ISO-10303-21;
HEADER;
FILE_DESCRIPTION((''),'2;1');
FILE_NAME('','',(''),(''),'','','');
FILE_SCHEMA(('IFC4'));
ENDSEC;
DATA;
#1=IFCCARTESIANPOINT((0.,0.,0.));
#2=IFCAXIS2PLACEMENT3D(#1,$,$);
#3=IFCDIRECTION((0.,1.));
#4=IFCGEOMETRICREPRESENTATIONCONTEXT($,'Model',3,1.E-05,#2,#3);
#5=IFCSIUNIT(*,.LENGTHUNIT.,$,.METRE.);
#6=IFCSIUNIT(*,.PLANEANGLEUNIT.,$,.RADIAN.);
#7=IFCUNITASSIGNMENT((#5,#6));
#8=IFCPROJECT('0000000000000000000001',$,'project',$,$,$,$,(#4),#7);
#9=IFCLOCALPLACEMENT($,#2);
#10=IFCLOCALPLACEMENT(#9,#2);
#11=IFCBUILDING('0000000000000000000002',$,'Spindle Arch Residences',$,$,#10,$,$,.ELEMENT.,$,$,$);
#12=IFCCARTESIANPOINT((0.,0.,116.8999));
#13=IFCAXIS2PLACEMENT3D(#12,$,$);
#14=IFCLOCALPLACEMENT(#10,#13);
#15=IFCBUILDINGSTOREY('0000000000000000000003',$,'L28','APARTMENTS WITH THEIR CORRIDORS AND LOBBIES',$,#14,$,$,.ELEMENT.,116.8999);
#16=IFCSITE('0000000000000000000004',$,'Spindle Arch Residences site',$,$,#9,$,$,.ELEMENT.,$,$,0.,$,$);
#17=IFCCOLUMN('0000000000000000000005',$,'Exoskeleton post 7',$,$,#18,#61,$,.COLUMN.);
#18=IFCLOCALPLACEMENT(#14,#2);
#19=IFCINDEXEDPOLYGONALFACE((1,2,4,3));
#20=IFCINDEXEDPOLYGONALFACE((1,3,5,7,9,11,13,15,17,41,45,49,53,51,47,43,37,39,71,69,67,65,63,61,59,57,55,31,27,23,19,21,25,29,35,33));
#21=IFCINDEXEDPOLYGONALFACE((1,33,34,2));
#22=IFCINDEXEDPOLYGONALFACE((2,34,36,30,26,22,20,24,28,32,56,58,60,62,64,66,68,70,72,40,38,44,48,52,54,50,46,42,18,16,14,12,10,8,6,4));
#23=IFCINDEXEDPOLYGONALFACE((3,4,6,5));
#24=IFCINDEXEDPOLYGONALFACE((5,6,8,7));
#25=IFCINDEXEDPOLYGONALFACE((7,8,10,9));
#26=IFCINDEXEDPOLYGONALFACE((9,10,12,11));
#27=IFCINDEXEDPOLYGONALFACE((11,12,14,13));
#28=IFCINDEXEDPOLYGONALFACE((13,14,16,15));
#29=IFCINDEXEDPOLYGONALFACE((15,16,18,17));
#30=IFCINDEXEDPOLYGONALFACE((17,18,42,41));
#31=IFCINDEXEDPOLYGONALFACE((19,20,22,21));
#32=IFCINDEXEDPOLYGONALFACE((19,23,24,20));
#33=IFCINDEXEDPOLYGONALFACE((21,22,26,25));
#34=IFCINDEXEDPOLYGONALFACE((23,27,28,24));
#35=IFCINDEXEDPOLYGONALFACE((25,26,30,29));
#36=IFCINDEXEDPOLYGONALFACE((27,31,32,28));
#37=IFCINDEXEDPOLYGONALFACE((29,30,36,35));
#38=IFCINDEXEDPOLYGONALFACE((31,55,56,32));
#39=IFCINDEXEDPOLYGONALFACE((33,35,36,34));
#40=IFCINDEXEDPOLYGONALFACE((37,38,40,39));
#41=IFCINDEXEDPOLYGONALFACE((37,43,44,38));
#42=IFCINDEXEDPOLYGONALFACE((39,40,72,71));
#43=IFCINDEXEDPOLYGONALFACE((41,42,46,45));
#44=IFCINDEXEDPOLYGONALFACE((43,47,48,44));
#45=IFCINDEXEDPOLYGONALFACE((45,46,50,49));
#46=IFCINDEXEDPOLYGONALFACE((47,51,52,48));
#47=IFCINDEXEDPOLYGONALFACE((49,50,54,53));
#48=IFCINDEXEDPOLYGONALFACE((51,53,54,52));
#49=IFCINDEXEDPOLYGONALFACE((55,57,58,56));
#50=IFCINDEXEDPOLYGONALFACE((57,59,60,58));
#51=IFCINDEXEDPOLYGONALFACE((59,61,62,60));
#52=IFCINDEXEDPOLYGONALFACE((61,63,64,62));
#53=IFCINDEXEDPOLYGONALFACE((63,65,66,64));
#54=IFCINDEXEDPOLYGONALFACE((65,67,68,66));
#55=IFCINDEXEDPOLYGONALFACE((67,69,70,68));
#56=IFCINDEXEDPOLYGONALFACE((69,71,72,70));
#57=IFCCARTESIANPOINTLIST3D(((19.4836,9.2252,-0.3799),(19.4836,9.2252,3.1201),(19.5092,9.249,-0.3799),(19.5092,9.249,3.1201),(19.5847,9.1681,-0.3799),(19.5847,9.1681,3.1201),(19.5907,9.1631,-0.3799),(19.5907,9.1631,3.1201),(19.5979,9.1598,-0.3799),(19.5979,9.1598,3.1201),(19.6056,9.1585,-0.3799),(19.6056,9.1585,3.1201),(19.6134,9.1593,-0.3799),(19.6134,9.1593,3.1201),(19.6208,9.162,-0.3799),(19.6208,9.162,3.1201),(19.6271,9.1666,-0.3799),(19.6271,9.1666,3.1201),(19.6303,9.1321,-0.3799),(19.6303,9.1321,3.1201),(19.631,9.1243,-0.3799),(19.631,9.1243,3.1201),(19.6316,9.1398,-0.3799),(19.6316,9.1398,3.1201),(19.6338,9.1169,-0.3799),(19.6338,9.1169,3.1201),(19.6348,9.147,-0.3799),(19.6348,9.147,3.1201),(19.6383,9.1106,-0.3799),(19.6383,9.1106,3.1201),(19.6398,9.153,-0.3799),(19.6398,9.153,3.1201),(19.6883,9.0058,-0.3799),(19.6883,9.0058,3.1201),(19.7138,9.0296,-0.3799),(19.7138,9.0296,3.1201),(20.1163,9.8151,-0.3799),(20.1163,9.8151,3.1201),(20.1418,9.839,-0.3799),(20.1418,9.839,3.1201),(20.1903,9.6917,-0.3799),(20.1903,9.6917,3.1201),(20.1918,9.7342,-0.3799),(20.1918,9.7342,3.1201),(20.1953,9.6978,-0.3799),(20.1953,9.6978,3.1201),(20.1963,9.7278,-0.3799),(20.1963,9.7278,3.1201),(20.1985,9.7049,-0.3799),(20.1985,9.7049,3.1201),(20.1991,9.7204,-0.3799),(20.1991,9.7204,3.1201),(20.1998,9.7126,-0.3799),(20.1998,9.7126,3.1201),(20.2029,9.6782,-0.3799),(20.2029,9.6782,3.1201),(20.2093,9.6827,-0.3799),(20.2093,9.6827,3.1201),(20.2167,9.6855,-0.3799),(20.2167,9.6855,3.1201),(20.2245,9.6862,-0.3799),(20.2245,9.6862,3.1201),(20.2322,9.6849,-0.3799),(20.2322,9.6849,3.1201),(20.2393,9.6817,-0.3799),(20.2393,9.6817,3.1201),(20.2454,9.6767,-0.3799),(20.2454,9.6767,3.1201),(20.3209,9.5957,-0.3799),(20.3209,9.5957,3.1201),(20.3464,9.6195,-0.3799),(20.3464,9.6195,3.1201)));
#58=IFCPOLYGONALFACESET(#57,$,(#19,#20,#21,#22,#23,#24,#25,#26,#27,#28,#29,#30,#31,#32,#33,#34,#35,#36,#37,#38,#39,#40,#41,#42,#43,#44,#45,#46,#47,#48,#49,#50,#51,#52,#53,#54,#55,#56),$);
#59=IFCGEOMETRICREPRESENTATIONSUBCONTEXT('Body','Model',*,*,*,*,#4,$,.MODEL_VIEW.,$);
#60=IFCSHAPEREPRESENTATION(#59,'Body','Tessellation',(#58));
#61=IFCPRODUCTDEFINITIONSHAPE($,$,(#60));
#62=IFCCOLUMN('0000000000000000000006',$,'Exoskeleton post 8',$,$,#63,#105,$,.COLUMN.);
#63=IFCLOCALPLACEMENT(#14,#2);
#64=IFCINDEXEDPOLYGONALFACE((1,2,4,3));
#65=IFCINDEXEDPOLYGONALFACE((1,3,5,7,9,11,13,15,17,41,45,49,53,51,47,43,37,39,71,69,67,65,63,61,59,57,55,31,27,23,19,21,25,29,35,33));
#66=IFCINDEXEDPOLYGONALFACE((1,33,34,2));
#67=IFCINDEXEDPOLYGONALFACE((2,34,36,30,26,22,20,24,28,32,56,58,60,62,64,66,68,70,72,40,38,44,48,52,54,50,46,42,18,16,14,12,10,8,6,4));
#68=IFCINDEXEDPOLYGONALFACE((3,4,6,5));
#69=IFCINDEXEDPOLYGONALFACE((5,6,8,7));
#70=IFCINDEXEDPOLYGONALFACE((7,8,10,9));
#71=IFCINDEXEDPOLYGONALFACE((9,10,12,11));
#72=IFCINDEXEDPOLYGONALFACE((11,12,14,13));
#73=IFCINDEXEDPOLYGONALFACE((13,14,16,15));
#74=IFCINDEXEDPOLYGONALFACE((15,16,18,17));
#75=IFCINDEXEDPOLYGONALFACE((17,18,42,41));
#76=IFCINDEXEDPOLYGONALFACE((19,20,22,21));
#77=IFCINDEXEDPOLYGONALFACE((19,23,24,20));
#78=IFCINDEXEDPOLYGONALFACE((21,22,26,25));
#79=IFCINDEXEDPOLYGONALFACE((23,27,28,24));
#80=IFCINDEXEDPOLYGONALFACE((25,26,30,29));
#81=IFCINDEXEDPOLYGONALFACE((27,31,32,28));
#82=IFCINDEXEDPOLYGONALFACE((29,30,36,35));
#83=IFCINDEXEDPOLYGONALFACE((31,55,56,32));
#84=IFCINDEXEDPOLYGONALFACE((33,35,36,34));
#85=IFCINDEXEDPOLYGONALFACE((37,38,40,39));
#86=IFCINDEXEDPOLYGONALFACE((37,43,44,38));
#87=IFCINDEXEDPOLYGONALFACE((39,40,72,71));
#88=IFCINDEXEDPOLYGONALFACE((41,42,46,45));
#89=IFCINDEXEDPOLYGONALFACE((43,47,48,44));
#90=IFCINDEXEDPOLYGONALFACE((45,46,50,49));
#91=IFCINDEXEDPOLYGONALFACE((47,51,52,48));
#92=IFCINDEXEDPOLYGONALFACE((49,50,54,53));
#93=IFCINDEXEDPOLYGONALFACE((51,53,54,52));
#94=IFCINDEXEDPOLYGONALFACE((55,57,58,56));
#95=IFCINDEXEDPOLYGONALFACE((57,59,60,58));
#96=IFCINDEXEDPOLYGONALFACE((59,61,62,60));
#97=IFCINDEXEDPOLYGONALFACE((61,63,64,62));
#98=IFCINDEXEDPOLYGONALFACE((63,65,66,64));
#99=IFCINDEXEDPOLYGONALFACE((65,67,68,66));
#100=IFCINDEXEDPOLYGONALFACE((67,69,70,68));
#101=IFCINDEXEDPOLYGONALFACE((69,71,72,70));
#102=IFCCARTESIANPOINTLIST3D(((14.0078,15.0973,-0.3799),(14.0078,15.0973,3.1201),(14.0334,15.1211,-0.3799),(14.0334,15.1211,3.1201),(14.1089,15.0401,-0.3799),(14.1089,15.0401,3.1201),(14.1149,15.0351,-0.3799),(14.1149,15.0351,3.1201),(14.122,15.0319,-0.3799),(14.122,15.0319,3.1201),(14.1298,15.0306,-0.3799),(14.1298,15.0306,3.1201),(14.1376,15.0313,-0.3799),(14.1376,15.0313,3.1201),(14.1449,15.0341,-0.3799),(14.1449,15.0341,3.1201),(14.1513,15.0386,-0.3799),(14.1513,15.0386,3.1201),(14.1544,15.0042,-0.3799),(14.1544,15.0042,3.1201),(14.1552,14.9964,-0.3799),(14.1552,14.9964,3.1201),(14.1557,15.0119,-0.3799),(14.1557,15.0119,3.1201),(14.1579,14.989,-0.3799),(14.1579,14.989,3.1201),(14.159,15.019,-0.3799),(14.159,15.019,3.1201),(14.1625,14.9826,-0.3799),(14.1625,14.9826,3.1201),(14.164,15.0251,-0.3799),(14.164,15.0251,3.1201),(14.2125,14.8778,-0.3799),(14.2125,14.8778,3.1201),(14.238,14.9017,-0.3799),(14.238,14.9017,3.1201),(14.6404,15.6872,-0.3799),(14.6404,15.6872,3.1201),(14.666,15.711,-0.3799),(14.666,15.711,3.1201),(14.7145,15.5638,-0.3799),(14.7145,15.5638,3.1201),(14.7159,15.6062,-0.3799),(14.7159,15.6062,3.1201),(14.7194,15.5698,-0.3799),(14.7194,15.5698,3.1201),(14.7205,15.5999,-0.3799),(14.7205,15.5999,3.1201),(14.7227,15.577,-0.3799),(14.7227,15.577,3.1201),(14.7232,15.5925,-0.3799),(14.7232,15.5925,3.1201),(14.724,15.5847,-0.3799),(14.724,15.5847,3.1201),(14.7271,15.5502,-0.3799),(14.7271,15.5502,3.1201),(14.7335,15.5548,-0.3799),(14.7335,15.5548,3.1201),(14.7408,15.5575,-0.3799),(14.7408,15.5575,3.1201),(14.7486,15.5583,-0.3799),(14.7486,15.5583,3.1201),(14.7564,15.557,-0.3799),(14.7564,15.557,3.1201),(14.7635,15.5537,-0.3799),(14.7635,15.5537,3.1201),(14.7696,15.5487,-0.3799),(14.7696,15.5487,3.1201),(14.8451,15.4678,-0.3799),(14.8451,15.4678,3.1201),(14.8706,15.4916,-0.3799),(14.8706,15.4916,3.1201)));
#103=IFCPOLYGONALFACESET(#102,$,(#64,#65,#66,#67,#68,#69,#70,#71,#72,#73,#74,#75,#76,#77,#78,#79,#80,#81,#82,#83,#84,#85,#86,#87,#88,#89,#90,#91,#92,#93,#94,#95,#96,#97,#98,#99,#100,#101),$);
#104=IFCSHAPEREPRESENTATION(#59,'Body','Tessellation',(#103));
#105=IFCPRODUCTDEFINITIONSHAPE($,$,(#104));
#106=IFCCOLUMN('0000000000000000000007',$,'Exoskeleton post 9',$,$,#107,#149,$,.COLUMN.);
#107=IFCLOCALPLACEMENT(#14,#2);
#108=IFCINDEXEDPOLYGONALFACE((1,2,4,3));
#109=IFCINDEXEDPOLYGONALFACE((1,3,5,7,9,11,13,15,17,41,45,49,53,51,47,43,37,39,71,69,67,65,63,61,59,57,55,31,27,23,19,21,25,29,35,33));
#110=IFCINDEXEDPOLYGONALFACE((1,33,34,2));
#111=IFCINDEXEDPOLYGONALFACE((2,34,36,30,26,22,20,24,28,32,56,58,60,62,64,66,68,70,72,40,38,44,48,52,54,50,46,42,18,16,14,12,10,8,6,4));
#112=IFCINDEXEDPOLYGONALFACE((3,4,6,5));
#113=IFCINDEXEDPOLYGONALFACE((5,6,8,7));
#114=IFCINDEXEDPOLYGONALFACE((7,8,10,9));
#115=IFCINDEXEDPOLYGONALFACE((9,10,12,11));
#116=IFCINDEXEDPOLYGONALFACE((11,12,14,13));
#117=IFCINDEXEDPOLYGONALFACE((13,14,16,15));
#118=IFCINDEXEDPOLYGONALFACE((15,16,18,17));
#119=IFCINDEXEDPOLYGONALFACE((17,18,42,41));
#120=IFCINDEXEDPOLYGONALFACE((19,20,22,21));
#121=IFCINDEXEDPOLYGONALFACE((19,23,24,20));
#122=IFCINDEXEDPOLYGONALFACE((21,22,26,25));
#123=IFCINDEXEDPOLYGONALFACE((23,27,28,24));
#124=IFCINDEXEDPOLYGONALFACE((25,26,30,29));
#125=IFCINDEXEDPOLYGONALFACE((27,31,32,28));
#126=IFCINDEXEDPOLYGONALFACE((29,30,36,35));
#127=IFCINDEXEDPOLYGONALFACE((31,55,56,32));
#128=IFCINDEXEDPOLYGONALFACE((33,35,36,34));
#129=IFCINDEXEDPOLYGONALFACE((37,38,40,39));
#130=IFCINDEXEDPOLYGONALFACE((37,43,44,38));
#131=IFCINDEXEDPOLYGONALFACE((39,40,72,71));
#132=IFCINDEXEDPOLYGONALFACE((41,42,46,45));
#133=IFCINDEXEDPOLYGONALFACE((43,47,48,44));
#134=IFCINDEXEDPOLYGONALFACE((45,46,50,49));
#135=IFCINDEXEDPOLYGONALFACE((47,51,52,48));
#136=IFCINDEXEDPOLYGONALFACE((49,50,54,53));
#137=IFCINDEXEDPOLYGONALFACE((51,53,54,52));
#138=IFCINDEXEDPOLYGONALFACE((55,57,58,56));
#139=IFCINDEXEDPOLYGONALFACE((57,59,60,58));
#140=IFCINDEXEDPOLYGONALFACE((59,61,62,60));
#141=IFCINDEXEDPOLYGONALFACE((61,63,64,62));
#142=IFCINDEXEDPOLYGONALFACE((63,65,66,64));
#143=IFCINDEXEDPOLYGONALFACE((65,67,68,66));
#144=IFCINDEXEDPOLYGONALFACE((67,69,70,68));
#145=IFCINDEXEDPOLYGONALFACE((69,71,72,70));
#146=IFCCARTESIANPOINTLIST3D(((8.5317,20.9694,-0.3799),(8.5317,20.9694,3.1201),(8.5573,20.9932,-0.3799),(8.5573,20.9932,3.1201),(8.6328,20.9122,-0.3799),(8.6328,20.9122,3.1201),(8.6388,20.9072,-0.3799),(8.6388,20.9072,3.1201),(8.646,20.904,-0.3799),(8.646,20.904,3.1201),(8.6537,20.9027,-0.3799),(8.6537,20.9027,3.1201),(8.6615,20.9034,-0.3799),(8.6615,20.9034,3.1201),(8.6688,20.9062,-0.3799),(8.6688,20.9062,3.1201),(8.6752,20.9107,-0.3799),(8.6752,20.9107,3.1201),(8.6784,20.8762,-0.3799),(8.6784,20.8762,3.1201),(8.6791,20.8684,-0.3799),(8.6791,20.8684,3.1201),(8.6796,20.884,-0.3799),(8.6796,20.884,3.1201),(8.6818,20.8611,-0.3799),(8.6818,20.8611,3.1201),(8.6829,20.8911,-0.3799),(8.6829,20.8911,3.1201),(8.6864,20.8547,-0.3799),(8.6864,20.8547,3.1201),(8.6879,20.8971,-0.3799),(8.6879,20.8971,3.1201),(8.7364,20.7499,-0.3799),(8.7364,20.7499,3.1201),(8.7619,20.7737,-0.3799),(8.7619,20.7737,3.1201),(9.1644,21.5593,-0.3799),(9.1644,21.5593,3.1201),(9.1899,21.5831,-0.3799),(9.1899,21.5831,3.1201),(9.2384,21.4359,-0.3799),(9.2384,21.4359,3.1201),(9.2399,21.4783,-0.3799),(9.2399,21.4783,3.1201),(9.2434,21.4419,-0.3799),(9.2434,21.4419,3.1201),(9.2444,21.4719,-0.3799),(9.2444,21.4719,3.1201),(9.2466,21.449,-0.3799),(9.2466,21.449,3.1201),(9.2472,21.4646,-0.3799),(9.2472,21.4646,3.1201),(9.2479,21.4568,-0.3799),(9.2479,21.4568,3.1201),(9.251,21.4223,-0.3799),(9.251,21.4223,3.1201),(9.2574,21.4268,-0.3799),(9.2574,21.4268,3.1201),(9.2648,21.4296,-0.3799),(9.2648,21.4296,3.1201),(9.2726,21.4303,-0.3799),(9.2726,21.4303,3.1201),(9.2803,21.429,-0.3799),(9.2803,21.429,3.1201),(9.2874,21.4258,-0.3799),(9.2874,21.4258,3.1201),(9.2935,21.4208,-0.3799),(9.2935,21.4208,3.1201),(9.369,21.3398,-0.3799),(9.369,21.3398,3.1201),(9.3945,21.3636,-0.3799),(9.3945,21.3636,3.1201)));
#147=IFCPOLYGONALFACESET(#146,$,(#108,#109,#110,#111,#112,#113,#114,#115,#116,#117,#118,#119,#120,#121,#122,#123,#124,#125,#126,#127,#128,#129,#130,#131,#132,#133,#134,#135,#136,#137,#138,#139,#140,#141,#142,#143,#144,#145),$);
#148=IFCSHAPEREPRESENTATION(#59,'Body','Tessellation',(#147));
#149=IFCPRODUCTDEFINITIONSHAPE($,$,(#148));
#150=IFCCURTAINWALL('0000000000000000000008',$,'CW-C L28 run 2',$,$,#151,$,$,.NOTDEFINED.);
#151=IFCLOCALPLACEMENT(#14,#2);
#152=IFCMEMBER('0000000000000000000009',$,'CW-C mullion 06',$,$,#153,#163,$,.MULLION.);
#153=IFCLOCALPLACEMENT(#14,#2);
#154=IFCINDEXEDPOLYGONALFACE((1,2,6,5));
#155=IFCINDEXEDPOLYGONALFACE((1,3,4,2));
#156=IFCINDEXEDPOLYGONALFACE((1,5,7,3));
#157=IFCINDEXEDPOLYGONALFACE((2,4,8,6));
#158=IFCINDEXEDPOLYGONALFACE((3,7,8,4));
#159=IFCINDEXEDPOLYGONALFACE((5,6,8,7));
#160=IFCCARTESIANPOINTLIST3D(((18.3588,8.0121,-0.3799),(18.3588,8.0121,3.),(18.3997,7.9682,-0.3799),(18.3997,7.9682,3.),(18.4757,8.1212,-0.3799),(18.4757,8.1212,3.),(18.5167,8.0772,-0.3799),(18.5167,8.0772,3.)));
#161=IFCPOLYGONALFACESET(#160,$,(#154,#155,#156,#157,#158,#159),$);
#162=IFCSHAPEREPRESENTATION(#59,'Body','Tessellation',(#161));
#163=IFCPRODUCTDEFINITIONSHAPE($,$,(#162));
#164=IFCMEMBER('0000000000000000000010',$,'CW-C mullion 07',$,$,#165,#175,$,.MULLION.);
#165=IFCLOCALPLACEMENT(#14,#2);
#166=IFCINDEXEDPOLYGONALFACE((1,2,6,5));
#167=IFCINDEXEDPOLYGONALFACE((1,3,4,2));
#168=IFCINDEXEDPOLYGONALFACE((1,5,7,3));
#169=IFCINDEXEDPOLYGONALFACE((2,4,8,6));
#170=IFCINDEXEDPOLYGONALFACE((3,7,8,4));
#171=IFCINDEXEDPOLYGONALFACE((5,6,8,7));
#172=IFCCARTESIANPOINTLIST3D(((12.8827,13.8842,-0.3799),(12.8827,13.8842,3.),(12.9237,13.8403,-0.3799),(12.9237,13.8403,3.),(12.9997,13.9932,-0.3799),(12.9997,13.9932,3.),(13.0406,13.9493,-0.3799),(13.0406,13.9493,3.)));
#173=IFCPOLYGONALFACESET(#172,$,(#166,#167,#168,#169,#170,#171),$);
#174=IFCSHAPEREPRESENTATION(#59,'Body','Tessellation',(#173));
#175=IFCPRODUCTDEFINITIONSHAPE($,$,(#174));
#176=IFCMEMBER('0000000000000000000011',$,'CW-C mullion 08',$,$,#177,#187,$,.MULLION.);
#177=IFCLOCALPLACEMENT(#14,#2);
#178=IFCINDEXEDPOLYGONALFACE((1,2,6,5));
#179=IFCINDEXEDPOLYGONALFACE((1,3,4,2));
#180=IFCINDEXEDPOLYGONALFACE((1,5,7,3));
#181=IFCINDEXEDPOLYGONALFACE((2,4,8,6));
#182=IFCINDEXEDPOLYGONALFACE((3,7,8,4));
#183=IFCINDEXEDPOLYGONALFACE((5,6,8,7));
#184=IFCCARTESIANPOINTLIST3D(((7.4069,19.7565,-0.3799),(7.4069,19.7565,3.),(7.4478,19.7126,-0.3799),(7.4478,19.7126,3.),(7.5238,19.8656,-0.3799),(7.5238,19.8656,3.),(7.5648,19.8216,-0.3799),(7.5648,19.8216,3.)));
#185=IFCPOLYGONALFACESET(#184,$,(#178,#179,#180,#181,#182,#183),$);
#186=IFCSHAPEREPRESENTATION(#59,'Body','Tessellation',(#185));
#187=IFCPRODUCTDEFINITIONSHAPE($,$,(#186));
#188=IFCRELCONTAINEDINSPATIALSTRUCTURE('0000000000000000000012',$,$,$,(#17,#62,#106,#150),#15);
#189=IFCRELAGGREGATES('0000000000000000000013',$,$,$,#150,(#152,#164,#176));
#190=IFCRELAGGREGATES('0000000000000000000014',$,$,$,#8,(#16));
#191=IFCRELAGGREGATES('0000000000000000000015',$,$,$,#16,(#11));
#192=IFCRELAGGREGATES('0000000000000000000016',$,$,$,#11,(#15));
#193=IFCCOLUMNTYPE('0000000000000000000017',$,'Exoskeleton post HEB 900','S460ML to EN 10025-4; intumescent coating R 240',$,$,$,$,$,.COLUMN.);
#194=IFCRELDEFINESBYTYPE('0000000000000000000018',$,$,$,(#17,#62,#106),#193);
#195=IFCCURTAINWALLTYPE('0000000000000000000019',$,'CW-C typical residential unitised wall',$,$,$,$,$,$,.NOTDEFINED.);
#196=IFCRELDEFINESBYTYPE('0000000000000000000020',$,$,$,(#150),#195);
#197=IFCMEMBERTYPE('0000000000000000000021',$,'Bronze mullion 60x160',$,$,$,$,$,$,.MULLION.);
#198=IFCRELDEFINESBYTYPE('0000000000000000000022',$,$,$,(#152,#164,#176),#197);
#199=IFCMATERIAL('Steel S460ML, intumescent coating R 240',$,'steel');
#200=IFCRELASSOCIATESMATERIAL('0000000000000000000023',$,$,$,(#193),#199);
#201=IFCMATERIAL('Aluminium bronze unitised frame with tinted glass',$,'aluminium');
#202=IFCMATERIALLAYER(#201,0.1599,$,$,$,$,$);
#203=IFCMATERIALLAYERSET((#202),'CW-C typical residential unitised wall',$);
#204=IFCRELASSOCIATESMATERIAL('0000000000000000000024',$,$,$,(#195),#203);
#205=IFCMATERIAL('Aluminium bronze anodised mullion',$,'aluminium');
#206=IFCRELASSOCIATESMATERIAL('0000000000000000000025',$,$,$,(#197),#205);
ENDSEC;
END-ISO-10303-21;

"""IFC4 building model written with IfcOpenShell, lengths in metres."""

from ifc_helpers import new_model, si_unit, direction, frame, origin, origin_2d, place, context, subcontext, project, spatial, rectangle, i_section, extrude, material, layer, layer_set, material_profile, profile_set, type_object, element, aggregate, save


model = new_model("IFC4")

# Units and contexts
model_context = context("Model", 3, precision=1e-05, world=origin(), true_north=direction((0.0, 1.0)))
body_context = subcontext(model_context, "Body", "Model", "MODEL_VIEW")
ifc_project = project(units=[si_unit("LENGTHUNIT", "METRE"), si_unit("PLANEANGLEUNIT", "RADIAN")], contexts=[model_context])

# Site, building, storey
site_placement = place(None, origin())
site = spatial("IfcSite", under=ifc_project, at=site_placement, Name="Spindle Arch Residences site", CompositionType="ELEMENT", RefElevation=0.0)
building_placement = place(site_placement, origin())
building = spatial("IfcBuilding", under=site, at=building_placement, Name="Spindle Arch Residences", CompositionType="ELEMENT")
storey_placement = place(building_placement, frame((0.0, 0.0, 116.8999)))
storey = spatial("IfcBuildingStorey", under=building, at=storey_placement, Name="L28", Description="APARTMENTS WITH THEIR CORRIDORS AND LOBBIES", CompositionType="ELEMENT", Elevation=116.8999)

# Columns
ifc_material_1 = material(Name="Steel S460ML, intumescent coating R 240", Category="steel")
ifc_material_profile_1 = material_profile(ifc_material_1, i_section(OverallWidth=0.3, OverallDepth=0.8999, WebThickness=0.0186, FlangeThickness=0.0349, FilletRadius=0.03, at=origin_2d()), Name="HEB 900")
ifc_profile_set_1 = profile_set([ifc_material_profile_1], Name="Steel S460ML, intumescent coating R 240")
column_type = type_object("IfcColumnType", Name="Exoskeleton post HEB 900", Description="S460ML to EN 10025-4; intumescent coating R 240", PredefinedType="COLUMN", material=ifc_profile_set_1)
for number, where, z_axis, x_axis, name in (
    (1, (19.915, 9.4224, -0.3799), (0.0, 0.0, 1.0), (0.681998, -0.731354, 0.0), "Exoskeleton post 7"),
    (2, (14.4392, 15.2944, -0.3799), (0.0, 0.0, 1.0), (0.681998, -0.731354, 0.0), "Exoskeleton post 8"),
    (3, (8.9631, 21.1665, -0.3799), (0.0, 0.0, 1.0), (0.681998, -0.731354, 0.0), "Exoskeleton post 9"),
):
    element("IfcColumn", number, at=place(storey_placement, frame(where, z_axis=z_axis, x_axis=x_axis)), inside=storey, type_object=column_type, Name=name, PredefinedType="COLUMN", context=body_context, shape_type="SweptSolid", body=[
        extrude(i_section(OverallWidth=0.3, OverallDepth=0.8999, WebThickness=0.0186, FlangeThickness=0.0349, FilletRadius=0.03, at=origin_2d()), origin(), (0.0, 0.0, 1.0), 3.5),
    ])

# Curtain wall, members
ifc_material_2 = material(Name="Aluminium bronze unitised frame with tinted glass", Category="aluminium")
ifc_layer_1 = layer(ifc_material_2, 0.1599)
ifc_layer_set_1 = layer_set([ifc_layer_1], Name="CW-C typical residential unitised wall")
curtain_wall_type = type_object("IfcCurtainWallType", Name="CW-C typical residential unitised wall", PredefinedType="NOTDEFINED", material=ifc_layer_set_1)
curtain_wall_placement = place(storey_placement, origin())
curtain_wall = element("IfcCurtainWall", 4, at=curtain_wall_placement, inside=storey, type_object=curtain_wall_type, Name="CW-C L28 run 2", PredefinedType="NOTDEFINED")
ifc_material_3 = material(Name="Aluminium bronze anodised mullion", Category="aluminium")
ifc_material_profile_2 = material_profile(ifc_material_3, rectangle(XDim=0.1599, YDim=0.0601, at=origin_2d()), Name="MU 60x160")
ifc_profile_set_2 = profile_set([ifc_material_profile_2], Name="Aluminium bronze anodised mullion")
member_type = type_object("IfcMemberType", Name="Bronze mullion 60x160", PredefinedType="MULLION", material=ifc_profile_set_2)
member_1_placement = place(storey_placement, frame((18.4377, 8.0447, -0.3799), z_axis=(0.0, 0.0, 1.0), x_axis=(-0.731354, -0.681998, 0.0)))
member_1 = element("IfcMember", 5, at=member_1_placement, type_object=member_type, Name="CW-C mullion 06", PredefinedType="MULLION", context=body_context, shape_type="SweptSolid", body=[
    extrude(rectangle(XDim=0.1599, YDim=0.0601, at=origin_2d()), origin(), (0.0, 0.0, 1.0), 3.3799),
])
member_2_placement = place(storey_placement, frame((12.9617, 13.9167, -0.3799), z_axis=(0.0, 0.0, 1.0), x_axis=(-0.731354, -0.681998, 0.0)))
member_2 = element("IfcMember", 6, at=member_2_placement, type_object=member_type, Name="CW-C mullion 07", PredefinedType="MULLION", context=body_context, shape_type="SweptSolid", body=[
    extrude(rectangle(XDim=0.1599, YDim=0.0601, at=origin_2d()), origin(), (0.0, 0.0, 1.0), 3.3799),
])
member_3_placement = place(storey_placement, frame((7.4858, 19.7891, -0.3799), z_axis=(0.0, 0.0, 1.0), x_axis=(-0.731354, -0.681998, 0.0)))
member_3 = element("IfcMember", 7, at=member_3_placement, type_object=member_type, Name="CW-C mullion 08", PredefinedType="MULLION", context=body_context, shape_type="SweptSolid", body=[
    extrude(rectangle(XDim=0.1599, YDim=0.0601, at=origin_2d()), origin(), (0.0, 0.0, 1.0), 3.3799),
])

aggregate(curtain_wall, [member_1, member_2, member_3])

save(model, "model.ifc")
